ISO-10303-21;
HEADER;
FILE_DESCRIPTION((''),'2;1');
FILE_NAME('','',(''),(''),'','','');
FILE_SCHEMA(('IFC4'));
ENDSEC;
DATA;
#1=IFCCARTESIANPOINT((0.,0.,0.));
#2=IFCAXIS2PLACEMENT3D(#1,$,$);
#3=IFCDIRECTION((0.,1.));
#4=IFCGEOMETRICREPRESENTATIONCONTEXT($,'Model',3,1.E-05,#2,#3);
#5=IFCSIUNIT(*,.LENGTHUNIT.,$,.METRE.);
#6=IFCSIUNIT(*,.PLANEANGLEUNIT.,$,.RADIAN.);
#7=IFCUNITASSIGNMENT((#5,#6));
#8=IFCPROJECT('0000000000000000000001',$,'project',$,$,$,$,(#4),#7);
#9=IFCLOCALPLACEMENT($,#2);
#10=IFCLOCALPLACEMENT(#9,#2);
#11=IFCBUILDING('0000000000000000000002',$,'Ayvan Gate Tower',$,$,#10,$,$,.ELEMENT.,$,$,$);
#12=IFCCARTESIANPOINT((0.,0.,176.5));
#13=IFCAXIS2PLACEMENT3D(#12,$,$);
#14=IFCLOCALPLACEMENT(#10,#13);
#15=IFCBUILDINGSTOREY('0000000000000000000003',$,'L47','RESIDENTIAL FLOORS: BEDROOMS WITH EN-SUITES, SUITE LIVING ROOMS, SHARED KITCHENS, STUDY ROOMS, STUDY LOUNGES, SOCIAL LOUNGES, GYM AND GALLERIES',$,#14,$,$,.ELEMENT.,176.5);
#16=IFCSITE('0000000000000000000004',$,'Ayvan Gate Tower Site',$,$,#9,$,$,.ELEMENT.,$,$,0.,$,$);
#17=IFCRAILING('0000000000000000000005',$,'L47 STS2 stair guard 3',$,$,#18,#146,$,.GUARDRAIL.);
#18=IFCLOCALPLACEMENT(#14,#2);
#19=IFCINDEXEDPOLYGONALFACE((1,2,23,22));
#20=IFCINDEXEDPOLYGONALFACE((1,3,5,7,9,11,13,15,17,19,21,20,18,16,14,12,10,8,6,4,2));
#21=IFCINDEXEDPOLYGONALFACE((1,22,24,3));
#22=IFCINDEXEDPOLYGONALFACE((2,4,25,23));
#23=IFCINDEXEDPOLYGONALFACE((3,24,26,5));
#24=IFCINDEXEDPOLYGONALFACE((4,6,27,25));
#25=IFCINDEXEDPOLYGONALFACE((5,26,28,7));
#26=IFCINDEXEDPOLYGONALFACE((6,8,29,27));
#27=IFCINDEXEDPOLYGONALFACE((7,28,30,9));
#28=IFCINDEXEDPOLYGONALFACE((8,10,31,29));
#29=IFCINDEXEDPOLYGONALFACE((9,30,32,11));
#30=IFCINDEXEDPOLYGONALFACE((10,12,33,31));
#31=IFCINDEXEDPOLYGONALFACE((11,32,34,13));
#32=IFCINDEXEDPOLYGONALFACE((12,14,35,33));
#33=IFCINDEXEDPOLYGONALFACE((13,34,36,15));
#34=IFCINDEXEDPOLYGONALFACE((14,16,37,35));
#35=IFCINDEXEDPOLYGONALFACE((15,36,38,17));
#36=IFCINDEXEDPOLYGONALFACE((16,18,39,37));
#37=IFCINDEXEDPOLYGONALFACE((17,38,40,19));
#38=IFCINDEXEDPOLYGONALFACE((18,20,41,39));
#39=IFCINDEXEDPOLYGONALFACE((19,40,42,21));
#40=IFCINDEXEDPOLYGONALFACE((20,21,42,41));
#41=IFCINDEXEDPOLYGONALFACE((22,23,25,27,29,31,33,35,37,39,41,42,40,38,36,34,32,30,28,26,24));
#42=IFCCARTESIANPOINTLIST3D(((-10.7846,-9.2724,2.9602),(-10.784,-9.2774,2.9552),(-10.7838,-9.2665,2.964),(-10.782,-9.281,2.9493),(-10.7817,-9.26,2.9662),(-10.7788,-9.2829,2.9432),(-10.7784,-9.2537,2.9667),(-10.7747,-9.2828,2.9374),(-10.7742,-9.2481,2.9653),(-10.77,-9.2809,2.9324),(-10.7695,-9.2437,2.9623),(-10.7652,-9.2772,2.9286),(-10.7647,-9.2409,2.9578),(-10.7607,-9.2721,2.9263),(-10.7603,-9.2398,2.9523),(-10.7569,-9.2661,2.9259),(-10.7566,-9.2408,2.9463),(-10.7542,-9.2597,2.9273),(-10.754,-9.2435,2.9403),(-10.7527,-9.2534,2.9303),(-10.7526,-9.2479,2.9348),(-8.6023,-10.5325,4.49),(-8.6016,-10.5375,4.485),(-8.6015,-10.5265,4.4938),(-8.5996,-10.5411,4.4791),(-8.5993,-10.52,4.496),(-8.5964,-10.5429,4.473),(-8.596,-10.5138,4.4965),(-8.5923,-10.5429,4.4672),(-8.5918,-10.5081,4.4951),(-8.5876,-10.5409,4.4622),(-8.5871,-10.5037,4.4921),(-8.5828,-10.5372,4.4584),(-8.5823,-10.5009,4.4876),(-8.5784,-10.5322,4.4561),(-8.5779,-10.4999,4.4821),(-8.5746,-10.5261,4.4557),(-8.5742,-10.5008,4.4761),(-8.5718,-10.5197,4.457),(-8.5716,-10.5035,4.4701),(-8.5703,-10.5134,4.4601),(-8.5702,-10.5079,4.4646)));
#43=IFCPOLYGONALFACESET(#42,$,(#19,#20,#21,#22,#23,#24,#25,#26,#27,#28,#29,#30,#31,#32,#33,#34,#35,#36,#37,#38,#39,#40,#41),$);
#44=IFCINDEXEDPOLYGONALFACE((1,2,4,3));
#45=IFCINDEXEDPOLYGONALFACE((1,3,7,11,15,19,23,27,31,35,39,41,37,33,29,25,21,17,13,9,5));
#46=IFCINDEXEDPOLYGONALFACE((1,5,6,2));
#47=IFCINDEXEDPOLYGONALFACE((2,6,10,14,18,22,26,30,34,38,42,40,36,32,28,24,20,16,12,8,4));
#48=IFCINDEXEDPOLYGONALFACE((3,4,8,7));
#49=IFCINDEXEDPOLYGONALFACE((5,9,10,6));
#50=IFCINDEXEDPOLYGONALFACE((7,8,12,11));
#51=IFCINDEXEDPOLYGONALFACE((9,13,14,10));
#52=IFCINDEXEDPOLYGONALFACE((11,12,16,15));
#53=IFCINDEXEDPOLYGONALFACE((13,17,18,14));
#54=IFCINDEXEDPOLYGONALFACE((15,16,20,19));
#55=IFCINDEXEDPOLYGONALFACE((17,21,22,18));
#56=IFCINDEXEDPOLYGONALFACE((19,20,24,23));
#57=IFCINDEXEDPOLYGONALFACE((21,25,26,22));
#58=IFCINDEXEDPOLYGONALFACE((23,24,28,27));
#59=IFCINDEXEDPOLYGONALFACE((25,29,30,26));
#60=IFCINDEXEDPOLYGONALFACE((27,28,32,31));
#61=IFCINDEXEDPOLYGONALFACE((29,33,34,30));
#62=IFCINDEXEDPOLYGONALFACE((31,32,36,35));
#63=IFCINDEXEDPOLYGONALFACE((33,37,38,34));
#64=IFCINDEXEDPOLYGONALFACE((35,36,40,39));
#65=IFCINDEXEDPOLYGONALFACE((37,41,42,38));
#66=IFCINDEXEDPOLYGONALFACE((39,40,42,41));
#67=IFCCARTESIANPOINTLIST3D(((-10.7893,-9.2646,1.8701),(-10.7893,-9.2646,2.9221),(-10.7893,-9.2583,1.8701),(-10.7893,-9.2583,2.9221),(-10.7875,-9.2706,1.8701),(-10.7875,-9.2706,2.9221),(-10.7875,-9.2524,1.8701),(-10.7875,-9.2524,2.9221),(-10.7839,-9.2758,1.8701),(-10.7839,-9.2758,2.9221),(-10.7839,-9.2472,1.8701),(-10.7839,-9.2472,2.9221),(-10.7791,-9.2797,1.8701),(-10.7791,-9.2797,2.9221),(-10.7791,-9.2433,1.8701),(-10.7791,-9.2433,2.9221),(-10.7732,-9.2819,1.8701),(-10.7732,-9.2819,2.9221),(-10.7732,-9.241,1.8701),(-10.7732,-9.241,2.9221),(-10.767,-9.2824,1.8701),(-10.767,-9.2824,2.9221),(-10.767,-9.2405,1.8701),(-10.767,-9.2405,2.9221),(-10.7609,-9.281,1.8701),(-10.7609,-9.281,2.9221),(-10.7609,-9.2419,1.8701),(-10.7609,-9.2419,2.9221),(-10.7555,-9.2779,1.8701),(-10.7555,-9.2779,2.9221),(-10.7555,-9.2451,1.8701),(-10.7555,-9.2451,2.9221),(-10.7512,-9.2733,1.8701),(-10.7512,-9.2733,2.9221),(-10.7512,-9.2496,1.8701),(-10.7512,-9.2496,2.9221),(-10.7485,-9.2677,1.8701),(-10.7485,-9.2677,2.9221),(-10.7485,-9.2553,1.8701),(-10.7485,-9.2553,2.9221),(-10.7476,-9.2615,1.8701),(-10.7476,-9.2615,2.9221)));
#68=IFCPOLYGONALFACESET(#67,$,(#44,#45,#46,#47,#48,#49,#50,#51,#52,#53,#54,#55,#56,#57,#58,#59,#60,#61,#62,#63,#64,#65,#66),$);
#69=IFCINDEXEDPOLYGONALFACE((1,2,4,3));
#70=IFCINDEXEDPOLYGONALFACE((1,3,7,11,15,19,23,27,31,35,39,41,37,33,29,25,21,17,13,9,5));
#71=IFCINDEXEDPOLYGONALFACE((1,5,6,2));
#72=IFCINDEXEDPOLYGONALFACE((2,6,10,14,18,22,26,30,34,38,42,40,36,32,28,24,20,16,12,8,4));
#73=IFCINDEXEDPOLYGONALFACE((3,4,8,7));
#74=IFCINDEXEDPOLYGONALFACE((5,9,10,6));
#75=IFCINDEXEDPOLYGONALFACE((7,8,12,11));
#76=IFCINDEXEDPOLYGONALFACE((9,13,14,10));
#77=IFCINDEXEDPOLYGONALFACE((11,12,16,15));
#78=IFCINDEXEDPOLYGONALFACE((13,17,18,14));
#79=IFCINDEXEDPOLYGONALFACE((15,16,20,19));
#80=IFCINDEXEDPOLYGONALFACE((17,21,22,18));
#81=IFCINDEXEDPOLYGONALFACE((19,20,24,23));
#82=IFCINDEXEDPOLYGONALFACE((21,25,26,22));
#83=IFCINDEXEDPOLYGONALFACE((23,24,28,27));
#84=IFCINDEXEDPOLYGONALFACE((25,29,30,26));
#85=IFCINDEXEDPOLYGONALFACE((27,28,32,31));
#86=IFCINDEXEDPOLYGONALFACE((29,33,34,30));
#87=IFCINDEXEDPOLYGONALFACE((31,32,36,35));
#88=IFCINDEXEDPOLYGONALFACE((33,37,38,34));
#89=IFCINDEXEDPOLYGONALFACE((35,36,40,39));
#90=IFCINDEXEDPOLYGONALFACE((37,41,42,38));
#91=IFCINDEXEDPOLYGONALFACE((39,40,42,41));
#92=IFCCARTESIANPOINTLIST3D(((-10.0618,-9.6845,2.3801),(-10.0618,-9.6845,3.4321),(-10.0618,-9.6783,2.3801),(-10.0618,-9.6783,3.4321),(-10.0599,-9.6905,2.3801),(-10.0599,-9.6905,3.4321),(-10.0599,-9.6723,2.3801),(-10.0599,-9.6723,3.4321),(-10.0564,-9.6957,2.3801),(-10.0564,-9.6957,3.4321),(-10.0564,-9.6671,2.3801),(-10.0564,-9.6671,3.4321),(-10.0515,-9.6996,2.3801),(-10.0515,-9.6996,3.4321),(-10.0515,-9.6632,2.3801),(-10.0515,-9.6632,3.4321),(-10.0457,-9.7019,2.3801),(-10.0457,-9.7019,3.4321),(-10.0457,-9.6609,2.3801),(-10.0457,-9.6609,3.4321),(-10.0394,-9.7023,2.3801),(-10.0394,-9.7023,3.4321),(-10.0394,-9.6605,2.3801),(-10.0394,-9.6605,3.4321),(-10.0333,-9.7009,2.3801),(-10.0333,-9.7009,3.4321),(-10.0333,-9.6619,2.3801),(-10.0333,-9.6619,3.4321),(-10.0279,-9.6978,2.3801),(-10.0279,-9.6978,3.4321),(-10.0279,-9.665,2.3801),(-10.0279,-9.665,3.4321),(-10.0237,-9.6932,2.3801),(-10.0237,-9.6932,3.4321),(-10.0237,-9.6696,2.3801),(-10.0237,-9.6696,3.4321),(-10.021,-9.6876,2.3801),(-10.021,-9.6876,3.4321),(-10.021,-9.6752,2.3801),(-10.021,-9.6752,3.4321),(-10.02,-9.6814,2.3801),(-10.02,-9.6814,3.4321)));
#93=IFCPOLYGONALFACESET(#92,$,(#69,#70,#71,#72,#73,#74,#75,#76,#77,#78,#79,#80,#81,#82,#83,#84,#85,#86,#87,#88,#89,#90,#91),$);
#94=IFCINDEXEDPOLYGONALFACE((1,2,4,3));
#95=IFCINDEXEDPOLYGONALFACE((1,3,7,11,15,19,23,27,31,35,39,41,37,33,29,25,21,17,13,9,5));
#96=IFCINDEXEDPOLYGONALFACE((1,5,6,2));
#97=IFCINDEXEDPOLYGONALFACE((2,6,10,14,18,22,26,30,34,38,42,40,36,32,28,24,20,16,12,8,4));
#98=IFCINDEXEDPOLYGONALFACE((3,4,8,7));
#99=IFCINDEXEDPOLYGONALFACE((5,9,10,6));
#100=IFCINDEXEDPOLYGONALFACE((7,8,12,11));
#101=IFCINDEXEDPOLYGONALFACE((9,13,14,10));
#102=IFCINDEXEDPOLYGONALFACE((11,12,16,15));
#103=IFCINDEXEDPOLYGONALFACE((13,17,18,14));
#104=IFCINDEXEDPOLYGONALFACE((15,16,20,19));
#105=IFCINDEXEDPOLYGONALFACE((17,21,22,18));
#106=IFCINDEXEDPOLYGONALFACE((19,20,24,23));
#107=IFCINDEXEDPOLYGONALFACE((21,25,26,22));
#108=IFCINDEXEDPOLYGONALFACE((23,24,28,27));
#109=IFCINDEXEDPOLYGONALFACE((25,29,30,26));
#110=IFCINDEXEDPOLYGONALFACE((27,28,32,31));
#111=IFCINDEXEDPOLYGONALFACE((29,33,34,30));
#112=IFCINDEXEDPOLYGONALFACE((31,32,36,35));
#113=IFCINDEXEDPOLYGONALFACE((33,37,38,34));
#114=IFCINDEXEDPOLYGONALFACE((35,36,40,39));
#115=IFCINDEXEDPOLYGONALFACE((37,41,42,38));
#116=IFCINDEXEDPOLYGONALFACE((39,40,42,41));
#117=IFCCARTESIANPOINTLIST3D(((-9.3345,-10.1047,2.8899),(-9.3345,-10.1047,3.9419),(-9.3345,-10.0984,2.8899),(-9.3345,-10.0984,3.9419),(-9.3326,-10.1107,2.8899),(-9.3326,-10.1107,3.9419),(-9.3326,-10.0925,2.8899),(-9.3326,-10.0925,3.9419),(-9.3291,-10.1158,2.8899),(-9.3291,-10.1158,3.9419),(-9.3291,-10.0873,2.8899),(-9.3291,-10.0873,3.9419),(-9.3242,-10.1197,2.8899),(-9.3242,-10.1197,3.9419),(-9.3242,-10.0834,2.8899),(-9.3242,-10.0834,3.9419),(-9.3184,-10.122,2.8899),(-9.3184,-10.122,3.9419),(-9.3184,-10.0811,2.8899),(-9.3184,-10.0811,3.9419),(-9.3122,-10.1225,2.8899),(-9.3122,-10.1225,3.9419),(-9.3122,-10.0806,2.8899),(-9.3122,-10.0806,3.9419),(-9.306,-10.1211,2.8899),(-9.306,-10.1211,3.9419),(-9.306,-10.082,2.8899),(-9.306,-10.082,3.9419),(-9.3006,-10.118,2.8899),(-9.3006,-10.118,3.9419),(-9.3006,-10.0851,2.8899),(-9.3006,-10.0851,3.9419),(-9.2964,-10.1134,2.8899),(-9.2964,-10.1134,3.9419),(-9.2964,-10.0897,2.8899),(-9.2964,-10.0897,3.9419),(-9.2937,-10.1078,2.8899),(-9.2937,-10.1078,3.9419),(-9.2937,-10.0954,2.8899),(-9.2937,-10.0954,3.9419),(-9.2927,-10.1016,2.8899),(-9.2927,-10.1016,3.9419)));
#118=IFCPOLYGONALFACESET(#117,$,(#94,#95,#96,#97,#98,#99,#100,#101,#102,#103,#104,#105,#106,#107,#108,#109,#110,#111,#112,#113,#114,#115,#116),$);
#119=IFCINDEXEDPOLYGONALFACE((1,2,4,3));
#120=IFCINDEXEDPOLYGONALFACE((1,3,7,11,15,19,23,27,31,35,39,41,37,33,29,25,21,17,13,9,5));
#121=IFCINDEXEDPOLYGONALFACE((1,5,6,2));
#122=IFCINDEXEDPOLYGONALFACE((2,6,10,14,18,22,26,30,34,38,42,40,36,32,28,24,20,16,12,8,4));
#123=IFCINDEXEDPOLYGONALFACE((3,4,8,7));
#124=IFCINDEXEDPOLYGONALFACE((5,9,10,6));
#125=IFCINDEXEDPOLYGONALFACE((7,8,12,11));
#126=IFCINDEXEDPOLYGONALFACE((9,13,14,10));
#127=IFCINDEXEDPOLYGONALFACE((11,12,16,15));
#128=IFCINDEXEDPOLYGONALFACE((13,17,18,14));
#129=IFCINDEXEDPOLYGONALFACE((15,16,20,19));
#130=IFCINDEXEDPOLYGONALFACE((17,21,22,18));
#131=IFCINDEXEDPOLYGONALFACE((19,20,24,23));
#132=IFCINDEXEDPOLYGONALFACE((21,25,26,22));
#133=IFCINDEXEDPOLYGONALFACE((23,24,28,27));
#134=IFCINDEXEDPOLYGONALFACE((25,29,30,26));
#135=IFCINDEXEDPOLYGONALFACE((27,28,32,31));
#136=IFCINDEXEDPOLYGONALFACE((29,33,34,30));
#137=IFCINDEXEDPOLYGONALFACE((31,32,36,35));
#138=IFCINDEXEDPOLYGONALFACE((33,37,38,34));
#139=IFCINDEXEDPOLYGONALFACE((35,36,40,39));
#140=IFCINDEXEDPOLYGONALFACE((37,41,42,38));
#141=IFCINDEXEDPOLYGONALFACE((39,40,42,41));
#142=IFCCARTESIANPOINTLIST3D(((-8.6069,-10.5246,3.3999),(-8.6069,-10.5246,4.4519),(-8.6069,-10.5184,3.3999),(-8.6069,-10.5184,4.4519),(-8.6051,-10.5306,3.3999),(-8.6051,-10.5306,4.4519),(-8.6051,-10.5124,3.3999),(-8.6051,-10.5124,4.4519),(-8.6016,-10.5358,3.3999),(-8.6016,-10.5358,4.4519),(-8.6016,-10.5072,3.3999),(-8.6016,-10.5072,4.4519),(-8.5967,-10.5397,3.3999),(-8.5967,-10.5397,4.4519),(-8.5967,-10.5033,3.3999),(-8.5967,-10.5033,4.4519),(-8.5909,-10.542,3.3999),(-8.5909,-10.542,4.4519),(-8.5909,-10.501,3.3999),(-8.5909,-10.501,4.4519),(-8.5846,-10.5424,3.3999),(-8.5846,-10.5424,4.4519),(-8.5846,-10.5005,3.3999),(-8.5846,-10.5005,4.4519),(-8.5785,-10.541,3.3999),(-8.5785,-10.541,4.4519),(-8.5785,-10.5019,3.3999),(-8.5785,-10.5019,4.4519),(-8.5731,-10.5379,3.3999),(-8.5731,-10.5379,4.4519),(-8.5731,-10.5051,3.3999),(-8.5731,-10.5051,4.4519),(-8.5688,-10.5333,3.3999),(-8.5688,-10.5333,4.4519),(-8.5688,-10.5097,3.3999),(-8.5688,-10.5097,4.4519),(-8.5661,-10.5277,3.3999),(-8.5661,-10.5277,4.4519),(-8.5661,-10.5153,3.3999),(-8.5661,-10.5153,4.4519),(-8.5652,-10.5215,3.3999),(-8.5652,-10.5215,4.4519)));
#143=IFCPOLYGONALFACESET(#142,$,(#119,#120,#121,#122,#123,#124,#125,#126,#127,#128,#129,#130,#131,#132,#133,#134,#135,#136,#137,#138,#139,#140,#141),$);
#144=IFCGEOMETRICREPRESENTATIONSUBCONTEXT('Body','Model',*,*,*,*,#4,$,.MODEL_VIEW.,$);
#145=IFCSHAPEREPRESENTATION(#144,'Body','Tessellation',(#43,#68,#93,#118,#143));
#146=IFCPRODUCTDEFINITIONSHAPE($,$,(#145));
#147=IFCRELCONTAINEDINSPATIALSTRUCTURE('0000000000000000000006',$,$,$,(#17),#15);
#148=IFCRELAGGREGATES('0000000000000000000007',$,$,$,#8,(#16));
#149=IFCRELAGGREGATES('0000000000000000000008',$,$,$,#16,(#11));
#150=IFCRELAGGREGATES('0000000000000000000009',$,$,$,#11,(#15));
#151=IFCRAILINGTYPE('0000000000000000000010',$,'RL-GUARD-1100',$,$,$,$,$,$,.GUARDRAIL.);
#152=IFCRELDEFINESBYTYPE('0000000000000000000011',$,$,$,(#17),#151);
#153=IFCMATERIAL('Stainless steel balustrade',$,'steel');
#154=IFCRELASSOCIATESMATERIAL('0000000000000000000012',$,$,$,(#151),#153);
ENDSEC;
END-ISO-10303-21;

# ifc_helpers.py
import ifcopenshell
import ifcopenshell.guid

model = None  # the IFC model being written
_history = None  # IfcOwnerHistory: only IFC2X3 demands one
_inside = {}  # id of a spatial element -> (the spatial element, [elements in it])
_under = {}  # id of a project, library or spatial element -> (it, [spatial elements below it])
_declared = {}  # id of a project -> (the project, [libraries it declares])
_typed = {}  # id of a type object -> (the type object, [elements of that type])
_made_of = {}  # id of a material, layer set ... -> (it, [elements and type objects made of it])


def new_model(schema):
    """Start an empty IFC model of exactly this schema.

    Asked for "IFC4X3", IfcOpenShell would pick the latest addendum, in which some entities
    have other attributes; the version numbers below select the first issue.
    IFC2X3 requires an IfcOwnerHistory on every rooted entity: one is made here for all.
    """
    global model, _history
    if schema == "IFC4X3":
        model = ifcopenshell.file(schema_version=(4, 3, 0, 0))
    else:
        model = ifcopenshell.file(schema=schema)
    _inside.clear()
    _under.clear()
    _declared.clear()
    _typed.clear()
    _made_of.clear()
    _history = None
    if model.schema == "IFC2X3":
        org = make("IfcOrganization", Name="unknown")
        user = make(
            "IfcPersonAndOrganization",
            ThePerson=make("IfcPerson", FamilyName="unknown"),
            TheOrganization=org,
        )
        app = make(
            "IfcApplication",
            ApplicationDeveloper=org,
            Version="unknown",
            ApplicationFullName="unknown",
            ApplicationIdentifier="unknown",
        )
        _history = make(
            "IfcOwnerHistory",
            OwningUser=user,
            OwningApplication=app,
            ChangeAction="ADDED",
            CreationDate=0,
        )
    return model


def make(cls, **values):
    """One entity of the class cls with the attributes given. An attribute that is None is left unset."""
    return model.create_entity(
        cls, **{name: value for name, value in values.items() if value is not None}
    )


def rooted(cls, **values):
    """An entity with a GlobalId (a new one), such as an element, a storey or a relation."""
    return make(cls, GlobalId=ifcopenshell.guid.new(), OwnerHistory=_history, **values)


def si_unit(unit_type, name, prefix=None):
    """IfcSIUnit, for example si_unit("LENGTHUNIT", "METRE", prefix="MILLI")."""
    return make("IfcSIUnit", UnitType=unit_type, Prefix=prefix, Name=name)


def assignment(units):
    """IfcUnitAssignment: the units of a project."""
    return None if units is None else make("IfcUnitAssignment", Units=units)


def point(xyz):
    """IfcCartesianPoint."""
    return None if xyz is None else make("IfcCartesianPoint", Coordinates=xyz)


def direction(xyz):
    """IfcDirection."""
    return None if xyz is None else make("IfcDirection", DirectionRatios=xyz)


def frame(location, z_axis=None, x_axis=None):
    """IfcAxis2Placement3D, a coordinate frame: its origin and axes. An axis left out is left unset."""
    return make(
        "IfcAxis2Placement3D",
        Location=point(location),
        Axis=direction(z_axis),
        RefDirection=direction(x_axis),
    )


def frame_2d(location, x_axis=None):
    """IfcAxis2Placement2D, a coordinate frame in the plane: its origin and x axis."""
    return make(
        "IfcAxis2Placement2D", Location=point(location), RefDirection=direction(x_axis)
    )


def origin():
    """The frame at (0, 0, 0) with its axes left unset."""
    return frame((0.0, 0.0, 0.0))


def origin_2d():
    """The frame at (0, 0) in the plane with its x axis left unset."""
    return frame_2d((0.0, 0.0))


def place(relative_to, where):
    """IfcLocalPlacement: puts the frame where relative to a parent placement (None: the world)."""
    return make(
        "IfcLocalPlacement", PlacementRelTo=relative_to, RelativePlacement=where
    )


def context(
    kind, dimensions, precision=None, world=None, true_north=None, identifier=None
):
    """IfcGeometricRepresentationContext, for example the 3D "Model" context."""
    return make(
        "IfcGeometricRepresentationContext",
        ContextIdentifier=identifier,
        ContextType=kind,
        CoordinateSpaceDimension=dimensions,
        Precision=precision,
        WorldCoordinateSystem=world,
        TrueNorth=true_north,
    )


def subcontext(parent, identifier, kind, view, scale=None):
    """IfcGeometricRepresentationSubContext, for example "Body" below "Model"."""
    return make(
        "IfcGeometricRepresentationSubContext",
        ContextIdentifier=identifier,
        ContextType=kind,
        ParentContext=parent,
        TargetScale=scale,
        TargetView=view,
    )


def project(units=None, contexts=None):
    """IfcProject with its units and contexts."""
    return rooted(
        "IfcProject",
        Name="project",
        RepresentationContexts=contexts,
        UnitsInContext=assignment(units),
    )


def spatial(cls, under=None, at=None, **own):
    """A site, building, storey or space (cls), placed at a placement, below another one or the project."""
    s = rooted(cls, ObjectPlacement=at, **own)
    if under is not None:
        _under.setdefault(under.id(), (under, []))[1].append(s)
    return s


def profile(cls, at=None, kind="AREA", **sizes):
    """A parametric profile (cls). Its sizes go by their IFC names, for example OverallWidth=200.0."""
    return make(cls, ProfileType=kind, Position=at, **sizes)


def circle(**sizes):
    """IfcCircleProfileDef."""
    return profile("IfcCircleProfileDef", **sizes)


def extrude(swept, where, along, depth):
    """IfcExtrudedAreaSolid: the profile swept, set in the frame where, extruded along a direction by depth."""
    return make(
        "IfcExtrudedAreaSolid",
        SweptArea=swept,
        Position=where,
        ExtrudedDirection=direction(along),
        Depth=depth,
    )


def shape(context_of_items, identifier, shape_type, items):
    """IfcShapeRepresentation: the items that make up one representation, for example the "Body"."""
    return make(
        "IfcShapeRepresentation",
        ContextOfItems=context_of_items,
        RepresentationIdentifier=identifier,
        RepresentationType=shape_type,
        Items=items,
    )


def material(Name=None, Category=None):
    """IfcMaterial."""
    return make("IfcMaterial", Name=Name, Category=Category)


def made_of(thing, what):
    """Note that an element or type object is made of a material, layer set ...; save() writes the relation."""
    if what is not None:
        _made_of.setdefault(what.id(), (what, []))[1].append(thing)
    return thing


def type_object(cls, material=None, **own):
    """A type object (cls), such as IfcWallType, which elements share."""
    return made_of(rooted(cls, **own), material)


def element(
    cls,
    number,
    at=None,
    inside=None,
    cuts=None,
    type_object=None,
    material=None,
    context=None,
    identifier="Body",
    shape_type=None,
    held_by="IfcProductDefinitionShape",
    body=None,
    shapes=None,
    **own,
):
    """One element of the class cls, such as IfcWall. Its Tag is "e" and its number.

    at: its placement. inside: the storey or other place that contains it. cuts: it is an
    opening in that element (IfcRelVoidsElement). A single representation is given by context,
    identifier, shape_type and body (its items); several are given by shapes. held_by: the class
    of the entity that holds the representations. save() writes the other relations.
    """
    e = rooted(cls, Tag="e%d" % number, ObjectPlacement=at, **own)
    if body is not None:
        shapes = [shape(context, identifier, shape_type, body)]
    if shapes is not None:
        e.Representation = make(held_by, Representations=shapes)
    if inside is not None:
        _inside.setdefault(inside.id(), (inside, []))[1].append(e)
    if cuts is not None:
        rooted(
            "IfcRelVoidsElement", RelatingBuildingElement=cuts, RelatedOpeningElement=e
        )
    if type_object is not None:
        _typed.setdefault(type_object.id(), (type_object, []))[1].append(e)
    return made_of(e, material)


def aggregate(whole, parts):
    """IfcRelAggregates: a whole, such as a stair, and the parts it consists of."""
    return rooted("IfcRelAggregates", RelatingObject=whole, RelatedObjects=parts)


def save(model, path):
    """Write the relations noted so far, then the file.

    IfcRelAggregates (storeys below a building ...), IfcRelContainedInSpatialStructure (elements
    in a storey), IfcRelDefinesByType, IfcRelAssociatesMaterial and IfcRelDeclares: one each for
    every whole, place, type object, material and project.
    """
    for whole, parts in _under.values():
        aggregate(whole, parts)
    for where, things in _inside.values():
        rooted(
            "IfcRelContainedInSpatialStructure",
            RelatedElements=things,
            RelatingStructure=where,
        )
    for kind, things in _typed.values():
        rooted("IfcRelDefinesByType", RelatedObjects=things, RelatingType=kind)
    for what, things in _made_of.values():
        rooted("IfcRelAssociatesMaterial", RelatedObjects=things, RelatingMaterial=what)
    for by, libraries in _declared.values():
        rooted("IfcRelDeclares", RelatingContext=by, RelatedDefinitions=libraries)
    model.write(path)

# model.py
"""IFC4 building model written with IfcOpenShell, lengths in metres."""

from ifc_helpers import new_model, si_unit, direction, frame, origin, origin_2d, place, context, subcontext, project, spatial, circle, extrude, material, type_object, element, save


model = new_model("IFC4")

# Units and contexts
model_context = context("Model", 3, precision=1e-05, world=origin(), true_north=direction((0.0, 1.0)))
body_context = subcontext(model_context, "Body", "Model", "MODEL_VIEW")
ifc_project = project(units=[si_unit("LENGTHUNIT", "METRE"), si_unit("PLANEANGLEUNIT", "RADIAN")], contexts=[model_context])

# Site, building, storey
site_placement = place(None, origin())
site = spatial("IfcSite", under=ifc_project, at=site_placement, Name="Ayvan Gate Tower Site", CompositionType="ELEMENT", RefElevation=0.0)
building_placement = place(site_placement, origin())
building = spatial("IfcBuilding", under=site, at=building_placement, Name="Ayvan Gate Tower", CompositionType="ELEMENT")
storey_placement = place(building_placement, frame((0.0, 0.0, 176.5)))
storey = spatial("IfcBuildingStorey", under=building, at=storey_placement, Name="L47", Description="RESIDENTIAL FLOORS: BEDROOMS WITH EN-SUITES, SUITE LIVING ROOMS, SHARED KITCHENS, STUDY ROOMS, STUDY LOUNGES, SOCIAL LOUNGES, GYM AND GALLERIES", CompositionType="ELEMENT", Elevation=176.5)

# Railing
ifc_material_1 = material(Name="Stainless steel balustrade", Category="steel")
railing_type_1 = type_object("IfcRailingType", Name="RL-GUARD-1100", PredefinedType="GUARDRAIL", material=ifc_material_1)
railing_1_placement = place(storey_placement, frame((-10.7686, -9.2615, 1.8701)))
element("IfcRailing", 1, at=railing_1_placement, inside=storey, type_object=railing_type_1, Name="L47 STS2 stair guard 3", PredefinedType="GUARDRAIL", context=body_context, shape_type="SweptSolid", body=[
    extrude(circle(Radius=0.0239, at=origin_2d()), frame((0.0, 0.0, 1.0762), z_axis=(0.740293, -0.427414, 0.518926), x_axis=(0.500005, 0.866023, 0.0)), (0.0, 0.0, 1.0), 2.948),
    extrude(circle(Radius=0.021, at=origin_2d()), origin(), (0.0, 0.0, 1.0), 1.052),
    extrude(circle(Radius=0.021, at=origin_2d()), frame((0.7275, -0.4199, 0.51)), (0.0, 0.0, 1.0), 1.052),
    extrude(circle(Radius=0.021, at=origin_2d()), frame((1.4548, -0.8401, 1.0198)), (0.0, 0.0, 1.0), 1.052),
    extrude(circle(Radius=0.021, at=origin_2d()), frame((2.1824, -1.26, 1.5298)), (0.0, 0.0, 1.0), 1.052),
])

save(model, "model.ifc")
